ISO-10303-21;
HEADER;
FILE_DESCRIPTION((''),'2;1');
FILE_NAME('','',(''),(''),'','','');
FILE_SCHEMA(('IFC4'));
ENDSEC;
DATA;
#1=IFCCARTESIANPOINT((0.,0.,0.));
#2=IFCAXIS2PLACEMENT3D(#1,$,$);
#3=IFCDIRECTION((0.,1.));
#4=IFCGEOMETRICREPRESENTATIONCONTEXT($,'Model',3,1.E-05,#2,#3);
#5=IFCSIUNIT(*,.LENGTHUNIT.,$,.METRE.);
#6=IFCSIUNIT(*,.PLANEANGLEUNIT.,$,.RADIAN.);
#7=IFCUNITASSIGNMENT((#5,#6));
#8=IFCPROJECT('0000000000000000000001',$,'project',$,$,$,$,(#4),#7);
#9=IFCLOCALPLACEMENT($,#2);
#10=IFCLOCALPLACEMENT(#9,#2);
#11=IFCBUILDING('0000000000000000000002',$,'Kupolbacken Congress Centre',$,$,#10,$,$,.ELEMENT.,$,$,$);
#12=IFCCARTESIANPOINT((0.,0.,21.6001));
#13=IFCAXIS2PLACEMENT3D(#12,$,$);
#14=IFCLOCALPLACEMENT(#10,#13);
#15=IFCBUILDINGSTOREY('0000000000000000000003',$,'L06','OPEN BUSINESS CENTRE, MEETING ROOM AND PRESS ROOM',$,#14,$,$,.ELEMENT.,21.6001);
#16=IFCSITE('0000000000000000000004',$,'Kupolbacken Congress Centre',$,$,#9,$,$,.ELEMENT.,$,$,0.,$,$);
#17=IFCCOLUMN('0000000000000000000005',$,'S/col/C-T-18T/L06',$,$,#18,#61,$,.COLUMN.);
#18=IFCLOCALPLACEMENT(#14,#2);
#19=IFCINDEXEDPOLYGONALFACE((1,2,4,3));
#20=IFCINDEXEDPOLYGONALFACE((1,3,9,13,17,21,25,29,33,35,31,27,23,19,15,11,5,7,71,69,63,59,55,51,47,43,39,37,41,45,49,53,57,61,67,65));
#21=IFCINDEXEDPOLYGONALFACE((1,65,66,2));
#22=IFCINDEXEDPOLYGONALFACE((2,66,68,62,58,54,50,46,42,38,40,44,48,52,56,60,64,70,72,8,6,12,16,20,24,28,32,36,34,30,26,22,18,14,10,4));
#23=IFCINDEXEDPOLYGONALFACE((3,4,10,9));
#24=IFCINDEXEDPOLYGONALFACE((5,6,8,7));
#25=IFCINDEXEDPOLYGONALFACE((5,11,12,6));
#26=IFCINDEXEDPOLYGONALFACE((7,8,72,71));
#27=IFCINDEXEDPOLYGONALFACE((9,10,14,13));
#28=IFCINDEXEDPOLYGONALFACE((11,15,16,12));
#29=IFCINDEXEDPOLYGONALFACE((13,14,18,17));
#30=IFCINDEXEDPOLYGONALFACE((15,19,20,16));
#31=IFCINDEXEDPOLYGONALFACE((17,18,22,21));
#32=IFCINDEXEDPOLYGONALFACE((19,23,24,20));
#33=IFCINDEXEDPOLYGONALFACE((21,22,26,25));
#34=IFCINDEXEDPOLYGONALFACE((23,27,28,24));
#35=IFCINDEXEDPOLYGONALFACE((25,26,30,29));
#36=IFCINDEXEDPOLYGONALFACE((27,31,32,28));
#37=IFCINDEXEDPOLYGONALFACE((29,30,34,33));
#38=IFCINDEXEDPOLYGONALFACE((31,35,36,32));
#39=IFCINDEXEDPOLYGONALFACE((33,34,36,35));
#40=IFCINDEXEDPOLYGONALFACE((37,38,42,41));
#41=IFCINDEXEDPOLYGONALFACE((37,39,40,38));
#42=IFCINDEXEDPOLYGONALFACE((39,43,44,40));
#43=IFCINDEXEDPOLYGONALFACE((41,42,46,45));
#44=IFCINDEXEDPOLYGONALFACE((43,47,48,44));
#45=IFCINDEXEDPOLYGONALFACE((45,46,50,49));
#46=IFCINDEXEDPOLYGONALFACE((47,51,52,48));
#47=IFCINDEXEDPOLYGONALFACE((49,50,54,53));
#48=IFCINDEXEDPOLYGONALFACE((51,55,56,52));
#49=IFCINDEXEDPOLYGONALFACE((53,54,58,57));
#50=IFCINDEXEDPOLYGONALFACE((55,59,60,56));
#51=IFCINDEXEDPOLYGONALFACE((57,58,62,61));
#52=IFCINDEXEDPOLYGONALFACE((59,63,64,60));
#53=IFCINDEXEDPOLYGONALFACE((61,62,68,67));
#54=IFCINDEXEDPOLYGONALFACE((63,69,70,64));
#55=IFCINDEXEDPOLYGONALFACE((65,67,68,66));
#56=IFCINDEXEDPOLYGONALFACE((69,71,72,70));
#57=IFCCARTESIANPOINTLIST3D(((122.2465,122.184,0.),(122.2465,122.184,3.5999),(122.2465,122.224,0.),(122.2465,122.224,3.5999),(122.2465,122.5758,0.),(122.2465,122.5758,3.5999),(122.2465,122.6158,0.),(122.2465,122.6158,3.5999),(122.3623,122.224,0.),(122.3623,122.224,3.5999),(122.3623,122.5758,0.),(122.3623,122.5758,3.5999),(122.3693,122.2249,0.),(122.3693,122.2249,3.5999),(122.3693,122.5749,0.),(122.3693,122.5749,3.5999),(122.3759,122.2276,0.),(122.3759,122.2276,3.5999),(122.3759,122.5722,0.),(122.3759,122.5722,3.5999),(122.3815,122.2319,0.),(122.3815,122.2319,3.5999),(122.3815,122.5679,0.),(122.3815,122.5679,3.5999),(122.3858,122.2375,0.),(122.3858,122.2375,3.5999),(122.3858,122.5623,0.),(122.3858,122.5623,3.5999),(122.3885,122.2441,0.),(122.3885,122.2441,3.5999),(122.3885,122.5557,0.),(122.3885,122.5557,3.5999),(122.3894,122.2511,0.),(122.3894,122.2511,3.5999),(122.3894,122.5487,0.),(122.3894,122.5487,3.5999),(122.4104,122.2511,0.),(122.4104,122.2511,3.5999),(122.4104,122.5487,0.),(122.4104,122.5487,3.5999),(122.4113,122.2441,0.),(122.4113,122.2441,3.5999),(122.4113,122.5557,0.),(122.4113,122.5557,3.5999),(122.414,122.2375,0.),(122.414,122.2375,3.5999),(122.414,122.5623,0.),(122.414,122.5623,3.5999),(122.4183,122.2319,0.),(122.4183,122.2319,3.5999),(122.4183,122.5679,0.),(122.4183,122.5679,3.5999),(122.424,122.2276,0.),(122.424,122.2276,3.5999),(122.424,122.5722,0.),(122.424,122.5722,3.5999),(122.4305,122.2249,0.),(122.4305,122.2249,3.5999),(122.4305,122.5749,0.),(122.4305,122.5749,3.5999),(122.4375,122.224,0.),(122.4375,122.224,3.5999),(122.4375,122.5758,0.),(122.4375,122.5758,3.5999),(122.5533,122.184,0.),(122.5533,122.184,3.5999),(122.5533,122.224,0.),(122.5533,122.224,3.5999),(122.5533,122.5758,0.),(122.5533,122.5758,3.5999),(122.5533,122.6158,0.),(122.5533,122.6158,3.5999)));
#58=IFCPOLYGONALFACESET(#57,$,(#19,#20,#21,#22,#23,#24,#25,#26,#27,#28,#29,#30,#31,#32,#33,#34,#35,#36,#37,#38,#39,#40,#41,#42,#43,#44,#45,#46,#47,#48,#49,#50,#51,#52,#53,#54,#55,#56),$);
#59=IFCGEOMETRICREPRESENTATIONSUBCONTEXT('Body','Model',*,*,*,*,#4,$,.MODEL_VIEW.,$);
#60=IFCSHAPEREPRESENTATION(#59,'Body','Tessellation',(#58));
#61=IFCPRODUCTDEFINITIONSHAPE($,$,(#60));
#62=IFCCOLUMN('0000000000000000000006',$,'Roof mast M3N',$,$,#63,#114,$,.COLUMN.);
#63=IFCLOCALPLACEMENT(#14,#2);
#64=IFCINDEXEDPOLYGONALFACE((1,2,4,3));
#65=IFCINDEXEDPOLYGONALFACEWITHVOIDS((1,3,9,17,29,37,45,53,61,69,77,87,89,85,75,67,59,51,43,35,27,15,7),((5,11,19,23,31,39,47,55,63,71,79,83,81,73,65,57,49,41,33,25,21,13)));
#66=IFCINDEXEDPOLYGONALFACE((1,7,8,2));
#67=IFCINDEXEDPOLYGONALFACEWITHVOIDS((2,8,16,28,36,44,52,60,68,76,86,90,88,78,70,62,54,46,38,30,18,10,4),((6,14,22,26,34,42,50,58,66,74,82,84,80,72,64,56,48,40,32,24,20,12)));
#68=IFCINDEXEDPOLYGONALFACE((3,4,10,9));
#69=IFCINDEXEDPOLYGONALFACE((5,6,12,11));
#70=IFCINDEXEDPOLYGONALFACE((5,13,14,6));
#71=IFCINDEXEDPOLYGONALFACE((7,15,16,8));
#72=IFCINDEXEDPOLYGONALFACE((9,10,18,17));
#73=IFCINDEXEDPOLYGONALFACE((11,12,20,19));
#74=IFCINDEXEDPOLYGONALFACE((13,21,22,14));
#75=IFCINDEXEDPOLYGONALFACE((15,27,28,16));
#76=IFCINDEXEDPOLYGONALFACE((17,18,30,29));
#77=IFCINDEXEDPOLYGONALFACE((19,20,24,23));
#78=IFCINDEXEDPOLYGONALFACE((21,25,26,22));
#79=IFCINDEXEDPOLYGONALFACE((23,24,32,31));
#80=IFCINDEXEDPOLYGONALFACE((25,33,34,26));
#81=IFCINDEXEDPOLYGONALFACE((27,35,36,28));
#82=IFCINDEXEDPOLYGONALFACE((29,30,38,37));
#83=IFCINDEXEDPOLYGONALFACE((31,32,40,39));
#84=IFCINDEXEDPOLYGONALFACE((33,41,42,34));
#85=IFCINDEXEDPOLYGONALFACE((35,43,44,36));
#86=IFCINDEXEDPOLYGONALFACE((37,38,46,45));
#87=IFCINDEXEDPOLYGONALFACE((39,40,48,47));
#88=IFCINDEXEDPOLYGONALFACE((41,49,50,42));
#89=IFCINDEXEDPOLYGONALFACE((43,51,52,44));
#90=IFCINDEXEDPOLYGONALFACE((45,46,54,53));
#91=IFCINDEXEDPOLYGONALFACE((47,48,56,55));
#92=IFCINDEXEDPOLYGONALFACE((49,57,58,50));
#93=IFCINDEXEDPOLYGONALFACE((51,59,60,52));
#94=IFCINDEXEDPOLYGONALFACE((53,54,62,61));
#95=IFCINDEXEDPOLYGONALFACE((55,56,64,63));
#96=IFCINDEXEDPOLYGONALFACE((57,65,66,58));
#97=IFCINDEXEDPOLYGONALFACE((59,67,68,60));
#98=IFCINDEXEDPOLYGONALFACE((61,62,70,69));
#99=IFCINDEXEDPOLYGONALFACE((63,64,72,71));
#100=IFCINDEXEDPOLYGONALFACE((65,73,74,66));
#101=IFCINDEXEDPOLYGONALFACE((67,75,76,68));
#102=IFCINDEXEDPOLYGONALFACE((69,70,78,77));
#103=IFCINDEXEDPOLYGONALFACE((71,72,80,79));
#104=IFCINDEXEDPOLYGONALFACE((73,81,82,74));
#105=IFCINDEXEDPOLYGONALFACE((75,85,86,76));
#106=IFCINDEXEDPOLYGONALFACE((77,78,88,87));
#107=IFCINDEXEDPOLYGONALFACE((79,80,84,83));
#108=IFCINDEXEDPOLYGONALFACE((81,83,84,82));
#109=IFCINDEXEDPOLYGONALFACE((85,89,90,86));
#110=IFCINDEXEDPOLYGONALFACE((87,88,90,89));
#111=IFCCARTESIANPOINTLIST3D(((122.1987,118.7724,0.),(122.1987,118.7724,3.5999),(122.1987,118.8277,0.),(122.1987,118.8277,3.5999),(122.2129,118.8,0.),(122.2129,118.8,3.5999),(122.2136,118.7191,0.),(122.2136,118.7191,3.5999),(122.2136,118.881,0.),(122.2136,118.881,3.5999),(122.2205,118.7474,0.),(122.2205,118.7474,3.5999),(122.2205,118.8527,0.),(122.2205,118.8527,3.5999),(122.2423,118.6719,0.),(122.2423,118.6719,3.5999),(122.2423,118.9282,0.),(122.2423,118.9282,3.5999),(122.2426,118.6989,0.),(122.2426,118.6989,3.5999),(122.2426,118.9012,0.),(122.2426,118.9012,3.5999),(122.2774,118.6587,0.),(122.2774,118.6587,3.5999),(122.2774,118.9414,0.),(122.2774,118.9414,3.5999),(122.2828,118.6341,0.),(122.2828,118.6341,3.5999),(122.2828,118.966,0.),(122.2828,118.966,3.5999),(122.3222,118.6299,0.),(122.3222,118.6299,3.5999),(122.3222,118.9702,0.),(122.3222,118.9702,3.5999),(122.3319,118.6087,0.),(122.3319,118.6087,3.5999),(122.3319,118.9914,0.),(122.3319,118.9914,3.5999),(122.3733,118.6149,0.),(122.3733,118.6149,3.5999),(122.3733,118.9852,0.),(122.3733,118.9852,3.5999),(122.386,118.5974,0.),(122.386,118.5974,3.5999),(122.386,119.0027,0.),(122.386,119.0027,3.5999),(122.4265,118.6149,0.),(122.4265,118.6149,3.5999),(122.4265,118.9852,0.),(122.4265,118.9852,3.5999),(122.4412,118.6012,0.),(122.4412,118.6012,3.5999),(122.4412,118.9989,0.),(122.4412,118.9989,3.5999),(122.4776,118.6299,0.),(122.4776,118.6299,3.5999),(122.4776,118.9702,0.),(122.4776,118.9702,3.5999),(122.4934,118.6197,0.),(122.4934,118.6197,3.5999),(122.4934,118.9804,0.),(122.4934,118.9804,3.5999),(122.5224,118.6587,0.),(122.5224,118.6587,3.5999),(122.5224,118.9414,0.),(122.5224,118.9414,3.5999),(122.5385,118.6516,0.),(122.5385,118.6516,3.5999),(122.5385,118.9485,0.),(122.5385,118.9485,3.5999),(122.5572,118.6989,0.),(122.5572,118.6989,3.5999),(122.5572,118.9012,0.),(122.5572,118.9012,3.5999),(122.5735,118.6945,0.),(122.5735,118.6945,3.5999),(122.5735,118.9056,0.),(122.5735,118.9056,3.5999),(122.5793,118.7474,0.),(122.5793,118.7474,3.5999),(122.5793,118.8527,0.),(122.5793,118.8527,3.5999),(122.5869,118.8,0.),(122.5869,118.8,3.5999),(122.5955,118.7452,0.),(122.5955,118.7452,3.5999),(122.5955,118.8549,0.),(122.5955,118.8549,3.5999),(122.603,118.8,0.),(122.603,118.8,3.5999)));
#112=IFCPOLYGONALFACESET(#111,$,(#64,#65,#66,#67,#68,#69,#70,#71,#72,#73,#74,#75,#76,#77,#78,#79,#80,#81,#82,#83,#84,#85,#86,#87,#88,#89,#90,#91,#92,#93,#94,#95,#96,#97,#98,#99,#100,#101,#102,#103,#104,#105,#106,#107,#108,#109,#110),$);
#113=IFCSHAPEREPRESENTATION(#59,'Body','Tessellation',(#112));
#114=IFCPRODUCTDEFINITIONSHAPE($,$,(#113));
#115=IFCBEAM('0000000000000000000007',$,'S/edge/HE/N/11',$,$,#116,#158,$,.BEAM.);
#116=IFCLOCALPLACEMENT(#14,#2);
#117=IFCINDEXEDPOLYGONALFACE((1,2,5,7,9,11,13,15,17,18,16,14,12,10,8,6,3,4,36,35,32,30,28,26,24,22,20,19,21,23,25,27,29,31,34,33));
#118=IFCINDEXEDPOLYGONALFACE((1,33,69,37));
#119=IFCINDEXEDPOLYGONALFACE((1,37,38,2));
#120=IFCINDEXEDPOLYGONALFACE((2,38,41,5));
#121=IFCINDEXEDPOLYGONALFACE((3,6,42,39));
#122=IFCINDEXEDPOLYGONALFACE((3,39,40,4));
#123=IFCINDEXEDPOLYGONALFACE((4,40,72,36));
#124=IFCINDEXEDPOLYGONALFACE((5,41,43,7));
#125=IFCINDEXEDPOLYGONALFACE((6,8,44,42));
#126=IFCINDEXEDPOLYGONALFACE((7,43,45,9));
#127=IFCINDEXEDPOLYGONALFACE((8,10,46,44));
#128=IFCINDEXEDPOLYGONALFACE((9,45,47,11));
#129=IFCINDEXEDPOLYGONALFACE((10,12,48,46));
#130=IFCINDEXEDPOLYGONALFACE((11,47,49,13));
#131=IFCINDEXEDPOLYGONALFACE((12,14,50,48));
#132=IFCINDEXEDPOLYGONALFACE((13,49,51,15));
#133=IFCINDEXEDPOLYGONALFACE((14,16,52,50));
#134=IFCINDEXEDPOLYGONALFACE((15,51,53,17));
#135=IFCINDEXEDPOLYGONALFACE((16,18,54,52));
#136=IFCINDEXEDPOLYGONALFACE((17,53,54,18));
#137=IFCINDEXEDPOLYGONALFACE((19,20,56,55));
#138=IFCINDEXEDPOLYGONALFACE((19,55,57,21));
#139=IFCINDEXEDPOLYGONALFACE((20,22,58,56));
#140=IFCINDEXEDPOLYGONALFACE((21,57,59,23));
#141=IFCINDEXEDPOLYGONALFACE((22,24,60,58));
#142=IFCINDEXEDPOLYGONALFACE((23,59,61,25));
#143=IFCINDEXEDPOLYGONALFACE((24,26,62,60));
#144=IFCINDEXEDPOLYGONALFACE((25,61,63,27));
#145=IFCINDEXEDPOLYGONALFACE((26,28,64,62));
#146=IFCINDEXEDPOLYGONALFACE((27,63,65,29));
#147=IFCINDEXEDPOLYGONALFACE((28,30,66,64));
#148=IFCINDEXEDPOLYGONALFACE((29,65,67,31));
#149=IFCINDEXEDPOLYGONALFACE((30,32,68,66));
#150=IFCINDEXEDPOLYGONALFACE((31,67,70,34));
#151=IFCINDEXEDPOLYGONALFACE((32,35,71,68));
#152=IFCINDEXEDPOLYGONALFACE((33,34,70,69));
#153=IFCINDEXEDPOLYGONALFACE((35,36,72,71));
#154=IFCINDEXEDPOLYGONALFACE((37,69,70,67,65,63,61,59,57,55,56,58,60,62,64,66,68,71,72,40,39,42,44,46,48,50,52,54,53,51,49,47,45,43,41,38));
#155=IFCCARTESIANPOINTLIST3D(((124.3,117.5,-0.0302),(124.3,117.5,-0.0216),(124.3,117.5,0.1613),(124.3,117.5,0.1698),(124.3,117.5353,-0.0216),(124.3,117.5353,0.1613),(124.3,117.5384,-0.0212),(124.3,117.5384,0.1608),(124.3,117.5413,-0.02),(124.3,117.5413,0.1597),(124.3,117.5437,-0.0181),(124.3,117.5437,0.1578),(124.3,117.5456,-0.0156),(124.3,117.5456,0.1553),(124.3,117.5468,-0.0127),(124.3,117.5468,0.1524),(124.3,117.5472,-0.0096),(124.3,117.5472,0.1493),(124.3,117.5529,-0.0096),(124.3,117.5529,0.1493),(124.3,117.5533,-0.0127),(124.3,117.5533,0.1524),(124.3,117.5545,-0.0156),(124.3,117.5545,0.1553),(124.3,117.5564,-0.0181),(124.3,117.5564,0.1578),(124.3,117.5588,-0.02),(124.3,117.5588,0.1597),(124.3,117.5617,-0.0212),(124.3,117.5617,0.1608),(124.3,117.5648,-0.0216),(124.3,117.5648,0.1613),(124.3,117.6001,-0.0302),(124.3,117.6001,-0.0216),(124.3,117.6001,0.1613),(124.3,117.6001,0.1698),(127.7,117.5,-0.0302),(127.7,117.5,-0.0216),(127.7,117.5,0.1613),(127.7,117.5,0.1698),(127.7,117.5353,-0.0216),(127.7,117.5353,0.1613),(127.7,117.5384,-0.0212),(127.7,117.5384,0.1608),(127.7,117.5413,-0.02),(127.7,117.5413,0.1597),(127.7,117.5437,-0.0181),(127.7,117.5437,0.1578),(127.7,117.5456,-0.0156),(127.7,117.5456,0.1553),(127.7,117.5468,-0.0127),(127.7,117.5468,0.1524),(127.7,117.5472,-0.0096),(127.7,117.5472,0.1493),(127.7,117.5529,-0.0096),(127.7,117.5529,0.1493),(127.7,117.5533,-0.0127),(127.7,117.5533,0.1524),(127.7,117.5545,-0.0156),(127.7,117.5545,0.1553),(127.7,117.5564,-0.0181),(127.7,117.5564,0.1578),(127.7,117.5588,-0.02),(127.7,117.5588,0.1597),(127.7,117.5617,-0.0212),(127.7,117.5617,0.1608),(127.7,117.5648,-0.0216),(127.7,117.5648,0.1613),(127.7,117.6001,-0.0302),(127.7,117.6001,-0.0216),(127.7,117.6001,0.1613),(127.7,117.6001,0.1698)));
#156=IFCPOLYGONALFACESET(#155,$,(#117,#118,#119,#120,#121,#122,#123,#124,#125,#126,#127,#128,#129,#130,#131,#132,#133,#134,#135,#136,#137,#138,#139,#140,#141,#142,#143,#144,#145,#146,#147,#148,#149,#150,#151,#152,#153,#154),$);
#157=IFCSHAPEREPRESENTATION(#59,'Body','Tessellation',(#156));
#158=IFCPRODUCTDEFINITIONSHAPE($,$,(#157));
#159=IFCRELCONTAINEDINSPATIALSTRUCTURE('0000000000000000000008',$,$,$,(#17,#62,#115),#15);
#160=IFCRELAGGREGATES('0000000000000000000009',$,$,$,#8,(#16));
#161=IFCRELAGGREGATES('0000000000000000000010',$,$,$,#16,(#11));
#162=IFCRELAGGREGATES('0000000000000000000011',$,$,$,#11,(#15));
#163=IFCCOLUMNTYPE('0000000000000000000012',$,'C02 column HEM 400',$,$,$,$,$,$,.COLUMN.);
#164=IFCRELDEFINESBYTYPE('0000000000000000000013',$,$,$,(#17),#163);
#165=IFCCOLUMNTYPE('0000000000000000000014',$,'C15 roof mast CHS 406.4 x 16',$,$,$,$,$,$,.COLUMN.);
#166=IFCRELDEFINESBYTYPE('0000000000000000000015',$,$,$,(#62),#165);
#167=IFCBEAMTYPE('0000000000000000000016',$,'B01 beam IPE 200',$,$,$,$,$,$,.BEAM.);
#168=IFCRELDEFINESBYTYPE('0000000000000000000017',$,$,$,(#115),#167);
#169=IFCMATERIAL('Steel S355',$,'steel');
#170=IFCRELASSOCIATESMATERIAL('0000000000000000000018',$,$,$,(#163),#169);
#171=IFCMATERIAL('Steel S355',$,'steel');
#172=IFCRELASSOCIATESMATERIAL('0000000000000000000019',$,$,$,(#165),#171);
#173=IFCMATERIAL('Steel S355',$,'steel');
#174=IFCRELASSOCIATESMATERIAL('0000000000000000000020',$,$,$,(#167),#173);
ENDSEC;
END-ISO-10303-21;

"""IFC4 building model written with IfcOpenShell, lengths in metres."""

from ifc_helpers import new_model, si_unit, direction, frame, origin, origin_2d, place, context, subcontext, project, spatial, hollow_circle, i_section, extrude, material, material_profile, profile_set, type_object, element, save


model = new_model("IFC4")

# Units and contexts
model_context = context("Model", 3, precision=1e-05, world=origin(), true_north=direction((0.0, 1.0)))
body_context = subcontext(model_context, "Body", "Model", "MODEL_VIEW")
ifc_project = project(units=[si_unit("LENGTHUNIT", "METRE"), si_unit("PLANEANGLEUNIT", "RADIAN")], contexts=[model_context])

# Site, building, storey
site_placement = place(None, origin())
site = spatial("IfcSite", under=ifc_project, at=site_placement, Name="Kupolbacken Congress Centre", CompositionType="ELEMENT", RefElevation=0.0)
building_placement = place(site_placement, origin())
building = spatial("IfcBuilding", under=site, at=building_placement, Name="Kupolbacken Congress Centre", CompositionType="ELEMENT")
storey_placement = place(building_placement, frame((0.0, 0.0, 21.6001)))
storey = spatial("IfcBuildingStorey", under=building, at=storey_placement, Name="L06", Description="OPEN BUSINESS CENTRE, MEETING ROOM AND PRESS ROOM", CompositionType="ELEMENT", Elevation=21.6001)

# Columns
ifc_material_1 = material(Name="Steel S355", Category="steel")
ifc_material_profile_1 = material_profile(ifc_material_1, i_section(OverallWidth=0.3069, OverallDepth=0.4319, WebThickness=0.021, FlangeThickness=0.04, FilletRadius=0.0271, at=origin_2d()), Name="HEM 400")
ifc_profile_set_1 = profile_set([ifc_material_profile_1], Name="Steel S355")
column_type_1 = type_object("IfcColumnType", Name="C02 column HEM 400", PredefinedType="COLUMN", material=ifc_profile_set_1)
column_1_placement = place(storey_placement, frame((122.3999, 122.3999, 0.0), z_axis=(0.0, 0.0, 1.0), x_axis=(1.0, 0.0, 0.0)))
element("IfcColumn", 1, at=column_1_placement, inside=storey, type_object=column_type_1, Name="S/col/C-T-18T/L06", PredefinedType="COLUMN", context=body_context, shape_type="SweptSolid", body=[
    extrude(i_section(OverallWidth=0.3069, OverallDepth=0.4319, WebThickness=0.021, FlangeThickness=0.04, FilletRadius=0.0271, at=origin_2d()), origin(), (0.0, 0.0, 1.0), 3.5999),
])
ifc_material_2 = material(Name="Steel S355", Category="steel")
ifc_material_profile_2 = material_profile(ifc_material_2, hollow_circle(Radius=0.2031, WallThickness=0.0161, at=origin_2d()), Name="CHS 406.4 x 16")
ifc_profile_set_2 = profile_set([ifc_material_profile_2], Name="Steel S355")
column_type_2 = type_object("IfcColumnType", Name="C15 roof mast CHS 406.4 x 16", PredefinedType="COLUMN", material=ifc_profile_set_2)
column_2_placement = place(storey_placement, frame((122.3999, 118.8, 0.0), z_axis=(0.0, 0.0, 1.0), x_axis=(1.0, 0.0, 0.0)))
element("IfcColumn", 2, at=column_2_placement, inside=storey, type_object=column_type_2, Name="Roof mast M3N", PredefinedType="COLUMN", context=body_context, shape_type="SweptSolid", body=[
    extrude(hollow_circle(Radius=0.2031, WallThickness=0.0161, at=origin_2d()), origin(), (0.0, 0.0, 1.0), 3.5999),
])

# Beam
ifc_material_3 = material(Name="Steel S355", Category="steel")
ifc_material_profile_3 = material_profile(ifc_material_3, i_section(OverallWidth=0.1001, OverallDepth=0.2, WebThickness=0.0056, FlangeThickness=0.0085, FilletRadius=0.012, at=origin_2d()), Name="IPE 200")
ifc_profile_set_3 = profile_set([ifc_material_profile_3], Name="Steel S355")
beam_type_1 = type_object("IfcBeamType", Name="B01 beam IPE 200", PredefinedType="BEAM", material=ifc_profile_set_3)
beam_1_placement = place(storey_placement, frame((124.3, 117.55, 0.0698), z_axis=(1.0, 0.0, 0.0), x_axis=(0.0, 1.0, 0.0)))
element("IfcBeam", 3, at=beam_1_placement, inside=storey, type_object=beam_type_1, Name="S/edge/HE/N/11", PredefinedType="BEAM", context=body_context, shape_type="SweptSolid", body=[
    extrude(i_section(OverallWidth=0.1001, OverallDepth=0.2, WebThickness=0.0056, FlangeThickness=0.0085, FilletRadius=0.012, at=origin_2d()), origin(), (0.0, 0.0, 1.0), 3.3999),
])

save(model, "model.ifc")
